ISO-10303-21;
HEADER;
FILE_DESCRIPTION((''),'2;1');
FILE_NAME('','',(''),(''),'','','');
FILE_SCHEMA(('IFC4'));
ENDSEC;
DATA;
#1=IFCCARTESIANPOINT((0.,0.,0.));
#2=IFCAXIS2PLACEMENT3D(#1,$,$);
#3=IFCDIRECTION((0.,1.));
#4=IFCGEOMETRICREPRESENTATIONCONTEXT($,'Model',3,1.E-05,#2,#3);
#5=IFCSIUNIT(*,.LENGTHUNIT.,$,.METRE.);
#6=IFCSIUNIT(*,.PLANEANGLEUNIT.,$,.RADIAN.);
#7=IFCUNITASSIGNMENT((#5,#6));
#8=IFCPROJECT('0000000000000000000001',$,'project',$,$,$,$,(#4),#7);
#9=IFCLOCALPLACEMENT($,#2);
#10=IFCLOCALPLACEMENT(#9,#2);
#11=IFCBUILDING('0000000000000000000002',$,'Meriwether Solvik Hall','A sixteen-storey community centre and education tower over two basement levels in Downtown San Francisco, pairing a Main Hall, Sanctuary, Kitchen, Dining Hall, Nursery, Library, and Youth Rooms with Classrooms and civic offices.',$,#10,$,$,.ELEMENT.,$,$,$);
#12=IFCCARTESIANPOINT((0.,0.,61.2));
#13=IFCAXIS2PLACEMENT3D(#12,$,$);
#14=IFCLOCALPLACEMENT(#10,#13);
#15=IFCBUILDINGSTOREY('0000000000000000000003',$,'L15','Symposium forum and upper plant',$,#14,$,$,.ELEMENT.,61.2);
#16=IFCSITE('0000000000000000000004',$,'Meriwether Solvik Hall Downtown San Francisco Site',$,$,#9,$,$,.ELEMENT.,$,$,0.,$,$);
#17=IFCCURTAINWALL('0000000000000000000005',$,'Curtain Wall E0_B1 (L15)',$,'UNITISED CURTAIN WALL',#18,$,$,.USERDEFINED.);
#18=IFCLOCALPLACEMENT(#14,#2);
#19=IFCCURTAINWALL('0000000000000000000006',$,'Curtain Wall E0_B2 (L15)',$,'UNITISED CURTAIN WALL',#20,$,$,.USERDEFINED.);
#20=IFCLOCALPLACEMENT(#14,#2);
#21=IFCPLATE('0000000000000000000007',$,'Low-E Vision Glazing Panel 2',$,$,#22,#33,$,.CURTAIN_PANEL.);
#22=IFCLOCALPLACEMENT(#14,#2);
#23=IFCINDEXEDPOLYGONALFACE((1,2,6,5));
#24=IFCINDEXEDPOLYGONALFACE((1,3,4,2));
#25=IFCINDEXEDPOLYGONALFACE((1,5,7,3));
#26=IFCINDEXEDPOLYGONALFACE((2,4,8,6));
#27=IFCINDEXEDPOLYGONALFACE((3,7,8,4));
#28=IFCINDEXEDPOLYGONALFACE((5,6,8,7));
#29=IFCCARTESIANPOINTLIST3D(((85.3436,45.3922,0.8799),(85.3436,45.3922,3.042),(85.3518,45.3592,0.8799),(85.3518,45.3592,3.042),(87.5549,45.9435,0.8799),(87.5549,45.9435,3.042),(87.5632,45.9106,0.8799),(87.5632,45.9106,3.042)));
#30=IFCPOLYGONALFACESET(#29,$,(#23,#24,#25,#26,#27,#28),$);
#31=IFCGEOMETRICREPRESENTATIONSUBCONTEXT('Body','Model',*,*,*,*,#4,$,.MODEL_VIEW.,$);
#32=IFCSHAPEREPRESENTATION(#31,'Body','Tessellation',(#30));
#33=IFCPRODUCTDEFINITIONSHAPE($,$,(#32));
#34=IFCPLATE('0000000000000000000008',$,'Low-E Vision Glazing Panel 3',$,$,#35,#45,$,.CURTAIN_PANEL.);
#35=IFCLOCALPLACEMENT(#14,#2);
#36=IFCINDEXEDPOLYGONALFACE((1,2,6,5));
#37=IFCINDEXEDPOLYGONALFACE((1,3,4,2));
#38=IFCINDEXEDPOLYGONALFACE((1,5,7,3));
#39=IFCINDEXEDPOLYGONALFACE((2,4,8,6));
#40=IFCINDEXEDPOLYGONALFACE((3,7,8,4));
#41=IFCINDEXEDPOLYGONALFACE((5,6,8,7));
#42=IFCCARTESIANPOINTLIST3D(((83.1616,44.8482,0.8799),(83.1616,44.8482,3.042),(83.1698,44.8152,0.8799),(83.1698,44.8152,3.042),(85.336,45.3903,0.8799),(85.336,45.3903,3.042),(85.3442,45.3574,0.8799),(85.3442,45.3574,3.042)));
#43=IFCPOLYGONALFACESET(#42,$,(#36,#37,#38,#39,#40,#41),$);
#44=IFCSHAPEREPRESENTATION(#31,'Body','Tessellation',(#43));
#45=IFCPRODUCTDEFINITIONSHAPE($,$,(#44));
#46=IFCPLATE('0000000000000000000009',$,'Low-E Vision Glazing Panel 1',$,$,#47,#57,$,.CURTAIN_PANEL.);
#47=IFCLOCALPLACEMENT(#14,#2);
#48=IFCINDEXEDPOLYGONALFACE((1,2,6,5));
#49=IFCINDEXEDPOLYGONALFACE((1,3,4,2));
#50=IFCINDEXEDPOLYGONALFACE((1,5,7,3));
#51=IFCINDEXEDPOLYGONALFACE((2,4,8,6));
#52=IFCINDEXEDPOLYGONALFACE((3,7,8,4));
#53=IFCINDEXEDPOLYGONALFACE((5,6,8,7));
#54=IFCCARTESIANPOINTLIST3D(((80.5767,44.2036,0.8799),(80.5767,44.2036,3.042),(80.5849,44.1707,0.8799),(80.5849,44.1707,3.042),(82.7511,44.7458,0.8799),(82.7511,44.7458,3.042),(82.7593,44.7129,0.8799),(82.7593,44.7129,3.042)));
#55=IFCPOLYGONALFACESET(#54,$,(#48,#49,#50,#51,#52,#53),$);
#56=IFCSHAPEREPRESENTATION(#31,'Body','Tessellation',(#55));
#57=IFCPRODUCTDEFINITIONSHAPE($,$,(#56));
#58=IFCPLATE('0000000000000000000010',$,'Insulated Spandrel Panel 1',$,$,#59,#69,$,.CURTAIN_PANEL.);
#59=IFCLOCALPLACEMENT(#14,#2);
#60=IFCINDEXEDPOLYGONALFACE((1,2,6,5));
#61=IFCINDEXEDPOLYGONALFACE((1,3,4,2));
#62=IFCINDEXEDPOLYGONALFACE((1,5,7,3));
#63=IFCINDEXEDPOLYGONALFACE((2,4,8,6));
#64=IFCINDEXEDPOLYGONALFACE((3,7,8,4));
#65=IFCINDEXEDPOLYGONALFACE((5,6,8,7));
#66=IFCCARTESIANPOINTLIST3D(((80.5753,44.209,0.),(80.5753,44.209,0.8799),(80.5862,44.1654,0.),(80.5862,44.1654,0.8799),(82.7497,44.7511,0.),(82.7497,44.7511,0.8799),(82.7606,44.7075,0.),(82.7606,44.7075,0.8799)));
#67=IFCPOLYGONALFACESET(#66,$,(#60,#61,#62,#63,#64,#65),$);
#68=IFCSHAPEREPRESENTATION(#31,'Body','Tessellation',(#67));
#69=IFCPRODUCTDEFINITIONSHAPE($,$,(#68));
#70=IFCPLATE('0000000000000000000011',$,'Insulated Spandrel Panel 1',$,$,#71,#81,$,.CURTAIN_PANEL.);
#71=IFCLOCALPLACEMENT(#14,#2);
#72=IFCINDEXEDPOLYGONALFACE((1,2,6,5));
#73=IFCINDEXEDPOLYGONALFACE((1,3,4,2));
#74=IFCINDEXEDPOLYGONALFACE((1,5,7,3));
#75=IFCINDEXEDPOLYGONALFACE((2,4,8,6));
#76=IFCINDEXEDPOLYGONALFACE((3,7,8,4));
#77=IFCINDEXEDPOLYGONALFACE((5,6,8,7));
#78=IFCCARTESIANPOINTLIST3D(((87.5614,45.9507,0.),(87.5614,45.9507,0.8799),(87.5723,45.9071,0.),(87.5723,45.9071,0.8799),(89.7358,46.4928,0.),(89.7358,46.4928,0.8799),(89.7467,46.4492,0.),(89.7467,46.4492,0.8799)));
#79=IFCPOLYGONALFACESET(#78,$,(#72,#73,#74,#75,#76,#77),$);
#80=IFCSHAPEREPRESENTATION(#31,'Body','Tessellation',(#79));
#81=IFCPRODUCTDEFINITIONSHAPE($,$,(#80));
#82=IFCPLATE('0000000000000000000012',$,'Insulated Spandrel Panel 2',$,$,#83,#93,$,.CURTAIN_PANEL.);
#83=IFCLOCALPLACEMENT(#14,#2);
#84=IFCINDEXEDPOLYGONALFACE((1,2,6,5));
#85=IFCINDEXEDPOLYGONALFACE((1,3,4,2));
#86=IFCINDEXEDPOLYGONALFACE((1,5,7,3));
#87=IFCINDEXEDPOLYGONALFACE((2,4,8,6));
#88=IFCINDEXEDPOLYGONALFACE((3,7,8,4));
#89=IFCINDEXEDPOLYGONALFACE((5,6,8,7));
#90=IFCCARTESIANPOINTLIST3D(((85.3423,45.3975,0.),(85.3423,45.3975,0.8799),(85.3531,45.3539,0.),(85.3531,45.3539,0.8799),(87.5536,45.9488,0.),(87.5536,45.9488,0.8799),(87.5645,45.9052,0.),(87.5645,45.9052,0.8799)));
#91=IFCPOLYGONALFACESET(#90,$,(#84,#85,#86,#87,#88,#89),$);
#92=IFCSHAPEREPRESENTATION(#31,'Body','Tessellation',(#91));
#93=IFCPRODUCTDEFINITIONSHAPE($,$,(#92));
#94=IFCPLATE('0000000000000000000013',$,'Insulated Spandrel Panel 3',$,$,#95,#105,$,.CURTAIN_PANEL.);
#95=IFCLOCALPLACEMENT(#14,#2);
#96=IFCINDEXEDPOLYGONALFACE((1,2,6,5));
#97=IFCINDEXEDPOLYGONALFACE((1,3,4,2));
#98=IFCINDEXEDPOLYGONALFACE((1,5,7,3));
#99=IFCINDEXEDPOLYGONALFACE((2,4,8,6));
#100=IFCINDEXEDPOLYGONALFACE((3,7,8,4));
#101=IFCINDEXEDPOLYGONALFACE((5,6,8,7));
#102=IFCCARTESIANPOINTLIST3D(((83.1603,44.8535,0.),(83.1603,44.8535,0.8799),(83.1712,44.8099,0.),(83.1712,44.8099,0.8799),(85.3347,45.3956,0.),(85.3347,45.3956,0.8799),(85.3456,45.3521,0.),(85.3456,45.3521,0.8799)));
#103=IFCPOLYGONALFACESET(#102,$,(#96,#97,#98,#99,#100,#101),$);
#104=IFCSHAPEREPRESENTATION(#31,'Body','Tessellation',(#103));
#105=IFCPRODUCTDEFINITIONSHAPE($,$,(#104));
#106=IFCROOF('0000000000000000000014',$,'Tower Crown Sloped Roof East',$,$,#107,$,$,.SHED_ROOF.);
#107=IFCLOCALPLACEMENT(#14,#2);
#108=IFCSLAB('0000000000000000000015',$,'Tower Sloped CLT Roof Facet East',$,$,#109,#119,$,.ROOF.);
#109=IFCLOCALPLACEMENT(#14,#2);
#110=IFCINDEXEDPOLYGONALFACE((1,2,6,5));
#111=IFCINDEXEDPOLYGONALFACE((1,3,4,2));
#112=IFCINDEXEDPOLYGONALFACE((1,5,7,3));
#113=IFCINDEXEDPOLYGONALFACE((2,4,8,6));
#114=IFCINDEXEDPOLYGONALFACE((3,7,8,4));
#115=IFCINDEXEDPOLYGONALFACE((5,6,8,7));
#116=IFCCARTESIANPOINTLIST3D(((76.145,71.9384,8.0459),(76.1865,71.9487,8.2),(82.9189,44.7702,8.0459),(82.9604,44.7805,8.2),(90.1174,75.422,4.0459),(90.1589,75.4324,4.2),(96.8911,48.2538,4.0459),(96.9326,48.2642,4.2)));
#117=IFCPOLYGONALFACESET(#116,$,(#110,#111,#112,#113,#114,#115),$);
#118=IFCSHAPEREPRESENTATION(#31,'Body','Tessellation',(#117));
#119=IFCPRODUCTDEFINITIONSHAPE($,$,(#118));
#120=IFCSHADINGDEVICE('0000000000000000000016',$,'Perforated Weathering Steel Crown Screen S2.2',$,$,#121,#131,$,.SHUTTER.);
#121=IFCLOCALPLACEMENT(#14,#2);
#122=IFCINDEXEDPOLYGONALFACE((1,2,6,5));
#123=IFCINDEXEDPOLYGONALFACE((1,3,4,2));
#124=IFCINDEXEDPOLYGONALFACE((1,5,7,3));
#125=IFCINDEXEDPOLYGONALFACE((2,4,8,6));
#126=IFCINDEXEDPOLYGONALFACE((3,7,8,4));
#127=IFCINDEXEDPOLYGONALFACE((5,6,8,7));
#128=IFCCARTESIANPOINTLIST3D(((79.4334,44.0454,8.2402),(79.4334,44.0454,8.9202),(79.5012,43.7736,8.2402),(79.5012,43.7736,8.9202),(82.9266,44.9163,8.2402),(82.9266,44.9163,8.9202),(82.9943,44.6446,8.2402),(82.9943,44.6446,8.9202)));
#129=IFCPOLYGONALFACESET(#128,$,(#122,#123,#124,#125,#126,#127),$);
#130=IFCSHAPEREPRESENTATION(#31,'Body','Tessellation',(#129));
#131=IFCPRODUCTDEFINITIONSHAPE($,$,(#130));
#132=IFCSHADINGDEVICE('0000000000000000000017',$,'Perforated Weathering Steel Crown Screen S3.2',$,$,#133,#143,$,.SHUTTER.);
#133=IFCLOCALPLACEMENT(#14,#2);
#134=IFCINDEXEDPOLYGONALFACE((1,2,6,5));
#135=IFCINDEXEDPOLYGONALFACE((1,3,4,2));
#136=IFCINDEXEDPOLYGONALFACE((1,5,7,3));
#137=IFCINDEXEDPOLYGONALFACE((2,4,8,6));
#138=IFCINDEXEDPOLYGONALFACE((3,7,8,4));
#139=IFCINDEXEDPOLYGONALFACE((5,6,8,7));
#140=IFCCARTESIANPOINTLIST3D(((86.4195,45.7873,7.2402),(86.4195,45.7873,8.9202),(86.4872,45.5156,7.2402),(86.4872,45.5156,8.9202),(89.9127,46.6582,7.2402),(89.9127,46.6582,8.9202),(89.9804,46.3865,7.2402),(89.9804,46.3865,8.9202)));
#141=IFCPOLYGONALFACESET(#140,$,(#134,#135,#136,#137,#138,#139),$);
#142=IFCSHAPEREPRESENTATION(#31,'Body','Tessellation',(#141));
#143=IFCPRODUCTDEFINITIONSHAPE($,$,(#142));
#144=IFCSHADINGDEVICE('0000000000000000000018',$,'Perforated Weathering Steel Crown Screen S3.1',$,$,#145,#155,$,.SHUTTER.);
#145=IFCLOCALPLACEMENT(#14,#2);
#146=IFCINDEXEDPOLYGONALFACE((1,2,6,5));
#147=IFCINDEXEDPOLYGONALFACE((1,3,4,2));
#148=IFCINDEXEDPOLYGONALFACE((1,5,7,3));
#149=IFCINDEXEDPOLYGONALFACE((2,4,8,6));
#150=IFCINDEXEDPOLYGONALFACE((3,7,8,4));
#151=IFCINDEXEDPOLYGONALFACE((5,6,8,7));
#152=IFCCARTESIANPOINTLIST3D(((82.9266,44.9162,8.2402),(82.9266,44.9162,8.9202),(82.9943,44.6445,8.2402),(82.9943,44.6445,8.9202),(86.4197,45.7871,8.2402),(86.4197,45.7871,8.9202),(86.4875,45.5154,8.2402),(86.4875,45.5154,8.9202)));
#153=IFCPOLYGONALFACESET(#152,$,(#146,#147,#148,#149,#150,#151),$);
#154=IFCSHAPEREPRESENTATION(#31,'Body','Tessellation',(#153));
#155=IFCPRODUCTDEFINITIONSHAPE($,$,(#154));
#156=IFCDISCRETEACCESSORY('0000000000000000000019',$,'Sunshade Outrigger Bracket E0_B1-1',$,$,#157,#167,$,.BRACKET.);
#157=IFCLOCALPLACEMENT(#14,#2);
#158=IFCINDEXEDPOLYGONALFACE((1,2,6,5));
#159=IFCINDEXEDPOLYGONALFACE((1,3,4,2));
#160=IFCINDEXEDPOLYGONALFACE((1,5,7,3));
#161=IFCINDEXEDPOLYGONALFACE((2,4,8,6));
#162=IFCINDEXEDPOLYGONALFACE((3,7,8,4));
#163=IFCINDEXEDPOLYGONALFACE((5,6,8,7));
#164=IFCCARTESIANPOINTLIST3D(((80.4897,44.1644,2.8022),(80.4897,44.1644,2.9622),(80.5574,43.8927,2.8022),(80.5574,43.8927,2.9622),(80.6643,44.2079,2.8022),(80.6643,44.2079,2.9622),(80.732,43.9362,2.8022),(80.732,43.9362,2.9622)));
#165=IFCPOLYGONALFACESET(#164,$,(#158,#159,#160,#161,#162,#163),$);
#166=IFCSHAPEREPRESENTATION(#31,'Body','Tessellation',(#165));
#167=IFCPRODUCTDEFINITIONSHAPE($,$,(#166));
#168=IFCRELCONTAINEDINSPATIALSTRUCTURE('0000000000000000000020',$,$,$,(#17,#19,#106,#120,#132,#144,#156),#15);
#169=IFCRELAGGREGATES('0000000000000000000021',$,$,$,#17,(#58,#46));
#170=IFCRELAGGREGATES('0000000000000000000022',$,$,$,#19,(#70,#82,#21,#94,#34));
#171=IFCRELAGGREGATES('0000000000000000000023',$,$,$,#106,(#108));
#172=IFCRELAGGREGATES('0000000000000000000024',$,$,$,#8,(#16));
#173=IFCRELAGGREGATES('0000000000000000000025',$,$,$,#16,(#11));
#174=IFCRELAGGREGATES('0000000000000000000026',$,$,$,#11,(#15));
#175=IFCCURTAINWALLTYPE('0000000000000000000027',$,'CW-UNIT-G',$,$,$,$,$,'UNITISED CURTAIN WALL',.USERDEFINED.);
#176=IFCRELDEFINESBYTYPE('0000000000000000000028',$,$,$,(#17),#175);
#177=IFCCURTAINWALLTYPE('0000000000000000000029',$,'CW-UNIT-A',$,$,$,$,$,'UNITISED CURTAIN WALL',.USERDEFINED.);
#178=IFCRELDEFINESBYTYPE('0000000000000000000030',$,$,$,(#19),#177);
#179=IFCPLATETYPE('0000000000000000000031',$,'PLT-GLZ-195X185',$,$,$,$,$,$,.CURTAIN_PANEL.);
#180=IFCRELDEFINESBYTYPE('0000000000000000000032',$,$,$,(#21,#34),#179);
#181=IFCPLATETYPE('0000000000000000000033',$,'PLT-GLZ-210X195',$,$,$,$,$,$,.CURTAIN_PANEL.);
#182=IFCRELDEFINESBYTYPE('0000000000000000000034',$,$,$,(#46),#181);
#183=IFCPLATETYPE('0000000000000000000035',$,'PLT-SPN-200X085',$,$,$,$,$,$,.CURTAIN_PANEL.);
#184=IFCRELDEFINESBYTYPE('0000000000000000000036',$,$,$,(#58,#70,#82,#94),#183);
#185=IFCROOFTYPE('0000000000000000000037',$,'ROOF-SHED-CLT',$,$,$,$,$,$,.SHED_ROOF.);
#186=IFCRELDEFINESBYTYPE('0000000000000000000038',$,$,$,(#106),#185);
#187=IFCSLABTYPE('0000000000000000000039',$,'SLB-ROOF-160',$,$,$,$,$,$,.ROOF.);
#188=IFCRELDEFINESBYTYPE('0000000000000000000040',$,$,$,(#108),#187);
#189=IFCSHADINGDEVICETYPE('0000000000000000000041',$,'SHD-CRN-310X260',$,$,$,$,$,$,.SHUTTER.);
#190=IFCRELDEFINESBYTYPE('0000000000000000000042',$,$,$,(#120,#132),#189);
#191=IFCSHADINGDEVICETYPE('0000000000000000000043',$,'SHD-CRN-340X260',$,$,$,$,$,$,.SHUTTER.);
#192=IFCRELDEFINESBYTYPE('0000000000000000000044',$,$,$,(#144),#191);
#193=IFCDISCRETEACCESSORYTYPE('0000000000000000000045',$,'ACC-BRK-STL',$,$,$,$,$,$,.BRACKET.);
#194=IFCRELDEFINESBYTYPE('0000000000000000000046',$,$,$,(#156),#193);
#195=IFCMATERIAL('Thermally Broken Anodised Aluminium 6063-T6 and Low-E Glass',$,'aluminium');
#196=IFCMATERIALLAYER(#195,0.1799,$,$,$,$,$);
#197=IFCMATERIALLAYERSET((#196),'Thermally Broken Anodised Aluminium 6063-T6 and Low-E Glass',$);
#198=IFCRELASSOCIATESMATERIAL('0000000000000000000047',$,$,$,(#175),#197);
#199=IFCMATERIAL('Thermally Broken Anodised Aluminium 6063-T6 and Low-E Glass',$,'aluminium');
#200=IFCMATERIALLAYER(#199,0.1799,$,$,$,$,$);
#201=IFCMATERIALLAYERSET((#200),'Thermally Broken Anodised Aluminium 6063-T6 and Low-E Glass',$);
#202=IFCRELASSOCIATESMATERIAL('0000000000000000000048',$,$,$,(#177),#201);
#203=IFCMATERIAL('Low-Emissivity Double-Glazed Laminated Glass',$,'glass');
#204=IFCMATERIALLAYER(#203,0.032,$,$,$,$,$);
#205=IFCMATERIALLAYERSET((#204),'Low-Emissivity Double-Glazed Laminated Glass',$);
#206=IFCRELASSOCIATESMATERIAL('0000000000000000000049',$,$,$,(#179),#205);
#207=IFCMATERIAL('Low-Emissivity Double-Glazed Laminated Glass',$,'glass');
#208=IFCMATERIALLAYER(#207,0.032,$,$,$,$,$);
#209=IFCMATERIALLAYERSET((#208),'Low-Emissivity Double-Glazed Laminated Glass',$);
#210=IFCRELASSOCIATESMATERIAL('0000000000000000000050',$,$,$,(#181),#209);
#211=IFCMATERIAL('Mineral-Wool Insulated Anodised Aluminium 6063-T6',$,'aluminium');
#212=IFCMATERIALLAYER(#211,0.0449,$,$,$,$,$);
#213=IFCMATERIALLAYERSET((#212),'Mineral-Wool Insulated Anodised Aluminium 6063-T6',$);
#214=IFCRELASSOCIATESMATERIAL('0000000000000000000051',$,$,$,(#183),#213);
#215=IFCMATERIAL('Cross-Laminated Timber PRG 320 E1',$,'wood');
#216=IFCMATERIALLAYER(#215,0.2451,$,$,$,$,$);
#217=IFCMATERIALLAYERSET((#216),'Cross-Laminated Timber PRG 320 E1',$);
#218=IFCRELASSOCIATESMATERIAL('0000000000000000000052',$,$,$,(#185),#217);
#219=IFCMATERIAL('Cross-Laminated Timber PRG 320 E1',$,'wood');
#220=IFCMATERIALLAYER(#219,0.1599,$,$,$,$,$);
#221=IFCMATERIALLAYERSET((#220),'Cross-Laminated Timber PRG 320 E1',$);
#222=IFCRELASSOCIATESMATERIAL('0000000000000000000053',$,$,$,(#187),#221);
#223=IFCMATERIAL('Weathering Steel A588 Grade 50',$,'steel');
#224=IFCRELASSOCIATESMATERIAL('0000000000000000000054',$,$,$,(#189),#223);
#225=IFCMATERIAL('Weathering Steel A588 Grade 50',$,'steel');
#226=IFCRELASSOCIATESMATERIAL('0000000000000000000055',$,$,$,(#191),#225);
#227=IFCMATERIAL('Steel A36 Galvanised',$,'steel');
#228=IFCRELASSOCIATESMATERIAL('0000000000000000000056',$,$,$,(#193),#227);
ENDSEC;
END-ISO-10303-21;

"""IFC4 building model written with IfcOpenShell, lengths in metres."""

from ifc_helpers import new_model, si_unit, direction, frame, origin, origin_2d, place, context, subcontext, project, spatial, polyline, rectangle, outline, extrude, material, layer, layer_set, type_object, element, aggregate, save


model = new_model("IFC4")

# Units and contexts
model_context = context("Model", 3, precision=1e-05, world=origin(), true_north=direction((0.0, 1.0)))
body_context = subcontext(model_context, "Body", "Model", "MODEL_VIEW")
ifc_project = project(units=[si_unit("LENGTHUNIT", "METRE"), si_unit("PLANEANGLEUNIT", "RADIAN")], contexts=[model_context])

# Site, building, storey
site_placement = place(None, origin())
site = spatial("IfcSite", under=ifc_project, at=site_placement, Name="Meriwether Solvik Hall Downtown San Francisco Site", CompositionType="ELEMENT", RefElevation=0.0)
building_placement = place(site_placement, origin())
building = spatial("IfcBuilding", under=site, at=building_placement, Name="Meriwether Solvik Hall", Description="A sixteen-storey community centre and education tower over two basement levels in Downtown San Francisco, pairing a Main Hall, Sanctuary, Kitchen, Dining Hall, Nursery, Library, and Youth Rooms with Classrooms and civic offices.", CompositionType="ELEMENT")
storey_placement = place(building_placement, frame((0.0, 0.0, 61.2)))
storey = spatial("IfcBuildingStorey", under=building, at=storey_placement, Name="L15", Description="Symposium forum and upper plant", CompositionType="ELEMENT", Elevation=61.2)

# Curtain wall
ifc_material_1 = material(Name="Thermally Broken Anodised Aluminium 6063-T6 and Low-E Glass", Category="aluminium")
ifc_layer_1 = layer(ifc_material_1, 0.1799)
ifc_layer_set_1 = layer_set([ifc_layer_1], Name="Thermally Broken Anodised Aluminium 6063-T6 and Low-E Glass")
curtain_wall_type_1 = type_object("IfcCurtainWallType", Name="CW-UNIT-G", ElementType="UNITISED CURTAIN WALL", PredefinedType="USERDEFINED", material=ifc_layer_set_1)
curtain_wall_1_placement = place(storey_placement, origin())
curtain_wall_1 = element("IfcCurtainWall", 1, at=curtain_wall_1_placement, inside=storey, type_object=curtain_wall_type_1, Name="Curtain Wall E0_B1 (L15)", ObjectType="UNITISED CURTAIN WALL", PredefinedType="USERDEFINED")

# Curtain wall
ifc_material_2 = material(Name="Thermally Broken Anodised Aluminium 6063-T6 and Low-E Glass", Category="aluminium")
ifc_layer_2 = layer(ifc_material_2, 0.1799)
ifc_layer_set_2 = layer_set([ifc_layer_2], Name="Thermally Broken Anodised Aluminium 6063-T6 and Low-E Glass")
curtain_wall_type_2 = type_object("IfcCurtainWallType", Name="CW-UNIT-A", ElementType="UNITISED CURTAIN WALL", PredefinedType="USERDEFINED", material=ifc_layer_set_2)
curtain_wall_2_placement = place(storey_placement, origin())
curtain_wall_2 = element("IfcCurtainWall", 2, at=curtain_wall_2_placement, inside=storey, type_object=curtain_wall_type_2, Name="Curtain Wall E0_B2 (L15)", ObjectType="UNITISED CURTAIN WALL", PredefinedType="USERDEFINED")

# Plates
ifc_material_3 = material(Name="Low-Emissivity Double-Glazed Laminated Glass", Category="glass")
ifc_layer_3 = layer(ifc_material_3, 0.032)
ifc_layer_set_3 = layer_set([ifc_layer_3], Name="Low-Emissivity Double-Glazed Laminated Glass")
plate_type_1 = type_object("IfcPlateType", Name="PLT-GLZ-195X185", PredefinedType="CURTAIN_PANEL", material=ifc_layer_set_3)
plate_1_placement = place(storey_placement, frame((86.4534, 45.6514, 0.8799), z_axis=(0.0, 0.0, 1.0), x_axis=(-0.970296, -0.241922, 0.0)))
plate_1 = element("IfcPlate", 3, at=plate_1_placement, type_object=plate_type_1, Name="Low-E Vision Glazing Panel 2", PredefinedType="CURTAIN_PANEL", context=body_context, shape_type="SweptSolid", body=[
    extrude(rectangle(XDim=2.2791, YDim=0.0339, at=origin_2d()), origin(), (0.0, 0.0, 1.0), 2.1621),
])
plate_2_placement = place(storey_placement, frame((84.2529, 45.1028, 0.8799), z_axis=(0.0, 0.0, 1.0), x_axis=(-0.970296, -0.241922, 0.0)))
plate_2 = element("IfcPlate", 4, at=plate_2_placement, type_object=plate_type_1, Name="Low-E Vision Glazing Panel 3", PredefinedType="CURTAIN_PANEL", context=body_context, shape_type="SweptSolid", body=[
    extrude(rectangle(XDim=2.241, YDim=0.0339, at=origin_2d()), origin(), (0.0, 0.0, 1.0), 2.1621),
])
ifc_material_4 = material(Name="Low-Emissivity Double-Glazed Laminated Glass", Category="glass")
ifc_layer_4 = layer(ifc_material_4, 0.032)
ifc_layer_set_4 = layer_set([ifc_layer_4], Name="Low-Emissivity Double-Glazed Laminated Glass")
plate_type_2 = type_object("IfcPlateType", Name="PLT-GLZ-210X195", PredefinedType="CURTAIN_PANEL", material=ifc_layer_set_4)
plate_3_placement = place(storey_placement, frame((81.668, 44.4583, 0.8799), z_axis=(0.0, 0.0, 1.0), x_axis=(-0.970296, -0.241922, 0.0)))
plate_3 = element("IfcPlate", 5, at=plate_3_placement, type_object=plate_type_2, Name="Low-E Vision Glazing Panel 1", PredefinedType="CURTAIN_PANEL", context=body_context, shape_type="SweptSolid", body=[
    extrude(rectangle(XDim=2.241, YDim=0.0339, at=origin_2d()), origin(), (0.0, 0.0, 1.0), 2.1621),
])
ifc_material_5 = material(Name="Mineral-Wool Insulated Anodised Aluminium 6063-T6", Category="aluminium")
ifc_layer_5 = layer(ifc_material_5, 0.0449)
ifc_layer_set_5 = layer_set([ifc_layer_5], Name="Mineral-Wool Insulated Anodised Aluminium 6063-T6")
plate_type_3 = type_object("IfcPlateType", Name="PLT-SPN-200X085", PredefinedType="CURTAIN_PANEL", material=ifc_layer_set_5)
plate_4_placement = place(storey_placement, frame((81.668, 44.4583, 0.0), z_axis=(0.0, 0.0, 1.0), x_axis=(-0.970296, -0.241922, 0.0)))
plate_4 = element("IfcPlate", 6, at=plate_4_placement, type_object=plate_type_3, Name="Insulated Spandrel Panel 1", PredefinedType="CURTAIN_PANEL", context=body_context, shape_type="SweptSolid", body=[
    extrude(rectangle(XDim=2.241, YDim=0.0449, at=origin_2d()), origin(), (0.0, 0.0, 1.0), 0.8799),
])
aggregate(curtain_wall_1, [plate_4, plate_3])
plate_5_placement = place(storey_placement, frame((88.6541, 46.2, 0.0), z_axis=(0.0, 0.0, 1.0), x_axis=(-0.970296, -0.241922, 0.0)))
plate_5 = element("IfcPlate", 7, at=plate_5_placement, type_object=plate_type_3, Name="Insulated Spandrel Panel 1", PredefinedType="CURTAIN_PANEL", context=body_context, shape_type="SweptSolid", body=[
    extrude(rectangle(XDim=2.241, YDim=0.0449, at=origin_2d()), origin(), (0.0, 0.0, 1.0), 0.8799),
])
plate_6_placement = place(storey_placement, frame((86.4534, 45.6514, 0.0), z_axis=(0.0, 0.0, 1.0), x_axis=(-0.970296, -0.241922, 0.0)))
plate_6 = element("IfcPlate", 8, at=plate_6_placement, type_object=plate_type_3, Name="Insulated Spandrel Panel 2", PredefinedType="CURTAIN_PANEL", context=body_context, shape_type="SweptSolid", body=[
    extrude(rectangle(XDim=2.2791, YDim=0.0449, at=origin_2d()), origin(), (0.0, 0.0, 1.0), 0.8799),
])
plate_7_placement = place(storey_placement, frame((84.2529, 45.1028, 0.0), z_axis=(0.0, 0.0, 1.0), x_axis=(-0.970296, -0.241922, 0.0)))
plate_7 = element("IfcPlate", 9, at=plate_7_placement, type_object=plate_type_3, Name="Insulated Spandrel Panel 3", PredefinedType="CURTAIN_PANEL", context=body_context, shape_type="SweptSolid", body=[
    extrude(rectangle(XDim=2.241, YDim=0.0449, at=origin_2d()), origin(), (0.0, 0.0, 1.0), 0.8799),
])
aggregate(curtain_wall_2, [plate_5, plate_6, plate_1, plate_7, plate_2])

# Roof, slab
ifc_material_6 = material(Name="Cross-Laminated Timber PRG 320 E1", Category="wood")
ifc_layer_6 = layer(ifc_material_6, 0.2451)
ifc_layer_set_6 = layer_set([ifc_layer_6], Name="Cross-Laminated Timber PRG 320 E1")
roof_type = type_object("IfcRoofType", Name="ROOF-SHED-CLT", PredefinedType="SHED_ROOF", material=ifc_layer_set_6)
roof_placement = place(storey_placement, origin())
roof = element("IfcRoof", 10, at=roof_placement, inside=storey, type_object=roof_type, Name="Tower Crown Sloped Roof East", PredefinedType="SHED_ROOF")
ifc_material_7 = material(Name="Cross-Laminated Timber PRG 320 E1", Category="wood")
ifc_layer_7 = layer(ifc_material_7, 0.1599)
ifc_layer_set_7 = layer_set([ifc_layer_7], Name="Cross-Laminated Timber PRG 320 E1")
slab_type = type_object("IfcSlabType", Name="SLB-ROOF-160", PredefinedType="ROOF", material=ifc_layer_set_7)
slab_placement = place(storey_placement, frame((82.9604, 44.7805, 8.2), z_axis=(0.259693, 0.064749, 0.963518), x_axis=(0.934898, 0.233095, -0.267643)))
slab = element("IfcSlab", 11, at=slab_placement, type_object=slab_type, Name="Tower Sloped CLT Roof Facet East", PredefinedType="ROOF", context=body_context, shape_type="SweptSolid", body=[
    extrude(outline(polyline([(0.0, 0.0), (14.9451, 0.0), (14.9452, 27.9999), (-0.0001, 28.0), (0.0, 0.0)])), origin(), (0.0, 0.0, -1.0), 0.1599),
])
aggregate(roof, [slab])

# Shading devices
ifc_material_8 = material(Name="Weathering Steel A588 Grade 50", Category="steel")
shading_device_type_1 = type_object("IfcShadingDeviceType", Name="SHD-CRN-310X260", PredefinedType="SHUTTER", material=ifc_material_8)
shading_device_1_placement = place(storey_placement, frame((81.2139, 44.345, 8.2402), z_axis=(0.0, 0.0, 1.0), x_axis=(0.970296, 0.241922, 0.0)))
element("IfcShadingDevice", 12, at=shading_device_1_placement, inside=storey, type_object=shading_device_type_1, Name="Perforated Weathering Steel Crown Screen S2.2", PredefinedType="SHUTTER", context=body_context, shape_type="SweptSolid", body=[
    extrude(rectangle(XDim=3.6001, YDim=0.28, at=origin_2d()), origin(), (0.0, 0.0, 1.0), 0.6799),
])
shading_device_2_placement = place(storey_placement, frame((88.2, 46.0869, 7.2402), z_axis=(0.0, 0.0, 1.0), x_axis=(0.970296, 0.241922, 0.0)))
element("IfcShadingDevice", 13, at=shading_device_2_placement, inside=storey, type_object=shading_device_type_1, Name="Perforated Weathering Steel Crown Screen S3.2", PredefinedType="SHUTTER", context=body_context, shape_type="SweptSolid", body=[
    extrude(rectangle(XDim=3.6001, YDim=0.28, at=origin_2d()), origin(), (0.0, 0.0, 1.0), 1.6799),
])
ifc_material_9 = material(Name="Weathering Steel A588 Grade 50", Category="steel")
shading_device_type_2 = type_object("IfcShadingDeviceType", Name="SHD-CRN-340X260", PredefinedType="SHUTTER", material=ifc_material_9)
shading_device_3_placement = place(storey_placement, frame((84.707, 45.2158, 8.2402), z_axis=(0.0, 0.0, 1.0), x_axis=(0.970296, 0.241922, 0.0)))
element("IfcShadingDevice", 14, at=shading_device_3_placement, inside=storey, type_object=shading_device_type_2, Name="Perforated Weathering Steel Crown Screen S3.1", PredefinedType="SHUTTER", context=body_context, shape_type="SweptSolid", body=[
    extrude(rectangle(XDim=3.6001, YDim=0.28, at=origin_2d()), origin(), (0.0, 0.0, 1.0), 0.6799),
])

# Discrete accessory
ifc_material_10 = material(Name="Steel A36 Galvanised", Category="steel")
discrete_accessory_type = type_object("IfcDiscreteAccessoryType", Name="ACC-BRK-STL", PredefinedType="BRACKET", material=ifc_material_10)
discrete_accessory_placement = place(storey_placement, frame((80.6108, 44.0503, 2.8022), z_axis=(0.0, 0.0, 1.0), x_axis=(-0.970296, -0.241922, 0.0)))
element("IfcDiscreteAccessory", 15, at=discrete_accessory_placement, inside=storey, type_object=discrete_accessory_type, Name="Sunshade Outrigger Bracket E0_B1-1", PredefinedType="BRACKET", context=body_context, shape_type="SweptSolid", body=[
    extrude(rectangle(XDim=0.1799, YDim=0.28, at=origin_2d()), origin(), (0.0, 0.0, 1.0), 0.1599),
])

save(model, "model.ifc")
